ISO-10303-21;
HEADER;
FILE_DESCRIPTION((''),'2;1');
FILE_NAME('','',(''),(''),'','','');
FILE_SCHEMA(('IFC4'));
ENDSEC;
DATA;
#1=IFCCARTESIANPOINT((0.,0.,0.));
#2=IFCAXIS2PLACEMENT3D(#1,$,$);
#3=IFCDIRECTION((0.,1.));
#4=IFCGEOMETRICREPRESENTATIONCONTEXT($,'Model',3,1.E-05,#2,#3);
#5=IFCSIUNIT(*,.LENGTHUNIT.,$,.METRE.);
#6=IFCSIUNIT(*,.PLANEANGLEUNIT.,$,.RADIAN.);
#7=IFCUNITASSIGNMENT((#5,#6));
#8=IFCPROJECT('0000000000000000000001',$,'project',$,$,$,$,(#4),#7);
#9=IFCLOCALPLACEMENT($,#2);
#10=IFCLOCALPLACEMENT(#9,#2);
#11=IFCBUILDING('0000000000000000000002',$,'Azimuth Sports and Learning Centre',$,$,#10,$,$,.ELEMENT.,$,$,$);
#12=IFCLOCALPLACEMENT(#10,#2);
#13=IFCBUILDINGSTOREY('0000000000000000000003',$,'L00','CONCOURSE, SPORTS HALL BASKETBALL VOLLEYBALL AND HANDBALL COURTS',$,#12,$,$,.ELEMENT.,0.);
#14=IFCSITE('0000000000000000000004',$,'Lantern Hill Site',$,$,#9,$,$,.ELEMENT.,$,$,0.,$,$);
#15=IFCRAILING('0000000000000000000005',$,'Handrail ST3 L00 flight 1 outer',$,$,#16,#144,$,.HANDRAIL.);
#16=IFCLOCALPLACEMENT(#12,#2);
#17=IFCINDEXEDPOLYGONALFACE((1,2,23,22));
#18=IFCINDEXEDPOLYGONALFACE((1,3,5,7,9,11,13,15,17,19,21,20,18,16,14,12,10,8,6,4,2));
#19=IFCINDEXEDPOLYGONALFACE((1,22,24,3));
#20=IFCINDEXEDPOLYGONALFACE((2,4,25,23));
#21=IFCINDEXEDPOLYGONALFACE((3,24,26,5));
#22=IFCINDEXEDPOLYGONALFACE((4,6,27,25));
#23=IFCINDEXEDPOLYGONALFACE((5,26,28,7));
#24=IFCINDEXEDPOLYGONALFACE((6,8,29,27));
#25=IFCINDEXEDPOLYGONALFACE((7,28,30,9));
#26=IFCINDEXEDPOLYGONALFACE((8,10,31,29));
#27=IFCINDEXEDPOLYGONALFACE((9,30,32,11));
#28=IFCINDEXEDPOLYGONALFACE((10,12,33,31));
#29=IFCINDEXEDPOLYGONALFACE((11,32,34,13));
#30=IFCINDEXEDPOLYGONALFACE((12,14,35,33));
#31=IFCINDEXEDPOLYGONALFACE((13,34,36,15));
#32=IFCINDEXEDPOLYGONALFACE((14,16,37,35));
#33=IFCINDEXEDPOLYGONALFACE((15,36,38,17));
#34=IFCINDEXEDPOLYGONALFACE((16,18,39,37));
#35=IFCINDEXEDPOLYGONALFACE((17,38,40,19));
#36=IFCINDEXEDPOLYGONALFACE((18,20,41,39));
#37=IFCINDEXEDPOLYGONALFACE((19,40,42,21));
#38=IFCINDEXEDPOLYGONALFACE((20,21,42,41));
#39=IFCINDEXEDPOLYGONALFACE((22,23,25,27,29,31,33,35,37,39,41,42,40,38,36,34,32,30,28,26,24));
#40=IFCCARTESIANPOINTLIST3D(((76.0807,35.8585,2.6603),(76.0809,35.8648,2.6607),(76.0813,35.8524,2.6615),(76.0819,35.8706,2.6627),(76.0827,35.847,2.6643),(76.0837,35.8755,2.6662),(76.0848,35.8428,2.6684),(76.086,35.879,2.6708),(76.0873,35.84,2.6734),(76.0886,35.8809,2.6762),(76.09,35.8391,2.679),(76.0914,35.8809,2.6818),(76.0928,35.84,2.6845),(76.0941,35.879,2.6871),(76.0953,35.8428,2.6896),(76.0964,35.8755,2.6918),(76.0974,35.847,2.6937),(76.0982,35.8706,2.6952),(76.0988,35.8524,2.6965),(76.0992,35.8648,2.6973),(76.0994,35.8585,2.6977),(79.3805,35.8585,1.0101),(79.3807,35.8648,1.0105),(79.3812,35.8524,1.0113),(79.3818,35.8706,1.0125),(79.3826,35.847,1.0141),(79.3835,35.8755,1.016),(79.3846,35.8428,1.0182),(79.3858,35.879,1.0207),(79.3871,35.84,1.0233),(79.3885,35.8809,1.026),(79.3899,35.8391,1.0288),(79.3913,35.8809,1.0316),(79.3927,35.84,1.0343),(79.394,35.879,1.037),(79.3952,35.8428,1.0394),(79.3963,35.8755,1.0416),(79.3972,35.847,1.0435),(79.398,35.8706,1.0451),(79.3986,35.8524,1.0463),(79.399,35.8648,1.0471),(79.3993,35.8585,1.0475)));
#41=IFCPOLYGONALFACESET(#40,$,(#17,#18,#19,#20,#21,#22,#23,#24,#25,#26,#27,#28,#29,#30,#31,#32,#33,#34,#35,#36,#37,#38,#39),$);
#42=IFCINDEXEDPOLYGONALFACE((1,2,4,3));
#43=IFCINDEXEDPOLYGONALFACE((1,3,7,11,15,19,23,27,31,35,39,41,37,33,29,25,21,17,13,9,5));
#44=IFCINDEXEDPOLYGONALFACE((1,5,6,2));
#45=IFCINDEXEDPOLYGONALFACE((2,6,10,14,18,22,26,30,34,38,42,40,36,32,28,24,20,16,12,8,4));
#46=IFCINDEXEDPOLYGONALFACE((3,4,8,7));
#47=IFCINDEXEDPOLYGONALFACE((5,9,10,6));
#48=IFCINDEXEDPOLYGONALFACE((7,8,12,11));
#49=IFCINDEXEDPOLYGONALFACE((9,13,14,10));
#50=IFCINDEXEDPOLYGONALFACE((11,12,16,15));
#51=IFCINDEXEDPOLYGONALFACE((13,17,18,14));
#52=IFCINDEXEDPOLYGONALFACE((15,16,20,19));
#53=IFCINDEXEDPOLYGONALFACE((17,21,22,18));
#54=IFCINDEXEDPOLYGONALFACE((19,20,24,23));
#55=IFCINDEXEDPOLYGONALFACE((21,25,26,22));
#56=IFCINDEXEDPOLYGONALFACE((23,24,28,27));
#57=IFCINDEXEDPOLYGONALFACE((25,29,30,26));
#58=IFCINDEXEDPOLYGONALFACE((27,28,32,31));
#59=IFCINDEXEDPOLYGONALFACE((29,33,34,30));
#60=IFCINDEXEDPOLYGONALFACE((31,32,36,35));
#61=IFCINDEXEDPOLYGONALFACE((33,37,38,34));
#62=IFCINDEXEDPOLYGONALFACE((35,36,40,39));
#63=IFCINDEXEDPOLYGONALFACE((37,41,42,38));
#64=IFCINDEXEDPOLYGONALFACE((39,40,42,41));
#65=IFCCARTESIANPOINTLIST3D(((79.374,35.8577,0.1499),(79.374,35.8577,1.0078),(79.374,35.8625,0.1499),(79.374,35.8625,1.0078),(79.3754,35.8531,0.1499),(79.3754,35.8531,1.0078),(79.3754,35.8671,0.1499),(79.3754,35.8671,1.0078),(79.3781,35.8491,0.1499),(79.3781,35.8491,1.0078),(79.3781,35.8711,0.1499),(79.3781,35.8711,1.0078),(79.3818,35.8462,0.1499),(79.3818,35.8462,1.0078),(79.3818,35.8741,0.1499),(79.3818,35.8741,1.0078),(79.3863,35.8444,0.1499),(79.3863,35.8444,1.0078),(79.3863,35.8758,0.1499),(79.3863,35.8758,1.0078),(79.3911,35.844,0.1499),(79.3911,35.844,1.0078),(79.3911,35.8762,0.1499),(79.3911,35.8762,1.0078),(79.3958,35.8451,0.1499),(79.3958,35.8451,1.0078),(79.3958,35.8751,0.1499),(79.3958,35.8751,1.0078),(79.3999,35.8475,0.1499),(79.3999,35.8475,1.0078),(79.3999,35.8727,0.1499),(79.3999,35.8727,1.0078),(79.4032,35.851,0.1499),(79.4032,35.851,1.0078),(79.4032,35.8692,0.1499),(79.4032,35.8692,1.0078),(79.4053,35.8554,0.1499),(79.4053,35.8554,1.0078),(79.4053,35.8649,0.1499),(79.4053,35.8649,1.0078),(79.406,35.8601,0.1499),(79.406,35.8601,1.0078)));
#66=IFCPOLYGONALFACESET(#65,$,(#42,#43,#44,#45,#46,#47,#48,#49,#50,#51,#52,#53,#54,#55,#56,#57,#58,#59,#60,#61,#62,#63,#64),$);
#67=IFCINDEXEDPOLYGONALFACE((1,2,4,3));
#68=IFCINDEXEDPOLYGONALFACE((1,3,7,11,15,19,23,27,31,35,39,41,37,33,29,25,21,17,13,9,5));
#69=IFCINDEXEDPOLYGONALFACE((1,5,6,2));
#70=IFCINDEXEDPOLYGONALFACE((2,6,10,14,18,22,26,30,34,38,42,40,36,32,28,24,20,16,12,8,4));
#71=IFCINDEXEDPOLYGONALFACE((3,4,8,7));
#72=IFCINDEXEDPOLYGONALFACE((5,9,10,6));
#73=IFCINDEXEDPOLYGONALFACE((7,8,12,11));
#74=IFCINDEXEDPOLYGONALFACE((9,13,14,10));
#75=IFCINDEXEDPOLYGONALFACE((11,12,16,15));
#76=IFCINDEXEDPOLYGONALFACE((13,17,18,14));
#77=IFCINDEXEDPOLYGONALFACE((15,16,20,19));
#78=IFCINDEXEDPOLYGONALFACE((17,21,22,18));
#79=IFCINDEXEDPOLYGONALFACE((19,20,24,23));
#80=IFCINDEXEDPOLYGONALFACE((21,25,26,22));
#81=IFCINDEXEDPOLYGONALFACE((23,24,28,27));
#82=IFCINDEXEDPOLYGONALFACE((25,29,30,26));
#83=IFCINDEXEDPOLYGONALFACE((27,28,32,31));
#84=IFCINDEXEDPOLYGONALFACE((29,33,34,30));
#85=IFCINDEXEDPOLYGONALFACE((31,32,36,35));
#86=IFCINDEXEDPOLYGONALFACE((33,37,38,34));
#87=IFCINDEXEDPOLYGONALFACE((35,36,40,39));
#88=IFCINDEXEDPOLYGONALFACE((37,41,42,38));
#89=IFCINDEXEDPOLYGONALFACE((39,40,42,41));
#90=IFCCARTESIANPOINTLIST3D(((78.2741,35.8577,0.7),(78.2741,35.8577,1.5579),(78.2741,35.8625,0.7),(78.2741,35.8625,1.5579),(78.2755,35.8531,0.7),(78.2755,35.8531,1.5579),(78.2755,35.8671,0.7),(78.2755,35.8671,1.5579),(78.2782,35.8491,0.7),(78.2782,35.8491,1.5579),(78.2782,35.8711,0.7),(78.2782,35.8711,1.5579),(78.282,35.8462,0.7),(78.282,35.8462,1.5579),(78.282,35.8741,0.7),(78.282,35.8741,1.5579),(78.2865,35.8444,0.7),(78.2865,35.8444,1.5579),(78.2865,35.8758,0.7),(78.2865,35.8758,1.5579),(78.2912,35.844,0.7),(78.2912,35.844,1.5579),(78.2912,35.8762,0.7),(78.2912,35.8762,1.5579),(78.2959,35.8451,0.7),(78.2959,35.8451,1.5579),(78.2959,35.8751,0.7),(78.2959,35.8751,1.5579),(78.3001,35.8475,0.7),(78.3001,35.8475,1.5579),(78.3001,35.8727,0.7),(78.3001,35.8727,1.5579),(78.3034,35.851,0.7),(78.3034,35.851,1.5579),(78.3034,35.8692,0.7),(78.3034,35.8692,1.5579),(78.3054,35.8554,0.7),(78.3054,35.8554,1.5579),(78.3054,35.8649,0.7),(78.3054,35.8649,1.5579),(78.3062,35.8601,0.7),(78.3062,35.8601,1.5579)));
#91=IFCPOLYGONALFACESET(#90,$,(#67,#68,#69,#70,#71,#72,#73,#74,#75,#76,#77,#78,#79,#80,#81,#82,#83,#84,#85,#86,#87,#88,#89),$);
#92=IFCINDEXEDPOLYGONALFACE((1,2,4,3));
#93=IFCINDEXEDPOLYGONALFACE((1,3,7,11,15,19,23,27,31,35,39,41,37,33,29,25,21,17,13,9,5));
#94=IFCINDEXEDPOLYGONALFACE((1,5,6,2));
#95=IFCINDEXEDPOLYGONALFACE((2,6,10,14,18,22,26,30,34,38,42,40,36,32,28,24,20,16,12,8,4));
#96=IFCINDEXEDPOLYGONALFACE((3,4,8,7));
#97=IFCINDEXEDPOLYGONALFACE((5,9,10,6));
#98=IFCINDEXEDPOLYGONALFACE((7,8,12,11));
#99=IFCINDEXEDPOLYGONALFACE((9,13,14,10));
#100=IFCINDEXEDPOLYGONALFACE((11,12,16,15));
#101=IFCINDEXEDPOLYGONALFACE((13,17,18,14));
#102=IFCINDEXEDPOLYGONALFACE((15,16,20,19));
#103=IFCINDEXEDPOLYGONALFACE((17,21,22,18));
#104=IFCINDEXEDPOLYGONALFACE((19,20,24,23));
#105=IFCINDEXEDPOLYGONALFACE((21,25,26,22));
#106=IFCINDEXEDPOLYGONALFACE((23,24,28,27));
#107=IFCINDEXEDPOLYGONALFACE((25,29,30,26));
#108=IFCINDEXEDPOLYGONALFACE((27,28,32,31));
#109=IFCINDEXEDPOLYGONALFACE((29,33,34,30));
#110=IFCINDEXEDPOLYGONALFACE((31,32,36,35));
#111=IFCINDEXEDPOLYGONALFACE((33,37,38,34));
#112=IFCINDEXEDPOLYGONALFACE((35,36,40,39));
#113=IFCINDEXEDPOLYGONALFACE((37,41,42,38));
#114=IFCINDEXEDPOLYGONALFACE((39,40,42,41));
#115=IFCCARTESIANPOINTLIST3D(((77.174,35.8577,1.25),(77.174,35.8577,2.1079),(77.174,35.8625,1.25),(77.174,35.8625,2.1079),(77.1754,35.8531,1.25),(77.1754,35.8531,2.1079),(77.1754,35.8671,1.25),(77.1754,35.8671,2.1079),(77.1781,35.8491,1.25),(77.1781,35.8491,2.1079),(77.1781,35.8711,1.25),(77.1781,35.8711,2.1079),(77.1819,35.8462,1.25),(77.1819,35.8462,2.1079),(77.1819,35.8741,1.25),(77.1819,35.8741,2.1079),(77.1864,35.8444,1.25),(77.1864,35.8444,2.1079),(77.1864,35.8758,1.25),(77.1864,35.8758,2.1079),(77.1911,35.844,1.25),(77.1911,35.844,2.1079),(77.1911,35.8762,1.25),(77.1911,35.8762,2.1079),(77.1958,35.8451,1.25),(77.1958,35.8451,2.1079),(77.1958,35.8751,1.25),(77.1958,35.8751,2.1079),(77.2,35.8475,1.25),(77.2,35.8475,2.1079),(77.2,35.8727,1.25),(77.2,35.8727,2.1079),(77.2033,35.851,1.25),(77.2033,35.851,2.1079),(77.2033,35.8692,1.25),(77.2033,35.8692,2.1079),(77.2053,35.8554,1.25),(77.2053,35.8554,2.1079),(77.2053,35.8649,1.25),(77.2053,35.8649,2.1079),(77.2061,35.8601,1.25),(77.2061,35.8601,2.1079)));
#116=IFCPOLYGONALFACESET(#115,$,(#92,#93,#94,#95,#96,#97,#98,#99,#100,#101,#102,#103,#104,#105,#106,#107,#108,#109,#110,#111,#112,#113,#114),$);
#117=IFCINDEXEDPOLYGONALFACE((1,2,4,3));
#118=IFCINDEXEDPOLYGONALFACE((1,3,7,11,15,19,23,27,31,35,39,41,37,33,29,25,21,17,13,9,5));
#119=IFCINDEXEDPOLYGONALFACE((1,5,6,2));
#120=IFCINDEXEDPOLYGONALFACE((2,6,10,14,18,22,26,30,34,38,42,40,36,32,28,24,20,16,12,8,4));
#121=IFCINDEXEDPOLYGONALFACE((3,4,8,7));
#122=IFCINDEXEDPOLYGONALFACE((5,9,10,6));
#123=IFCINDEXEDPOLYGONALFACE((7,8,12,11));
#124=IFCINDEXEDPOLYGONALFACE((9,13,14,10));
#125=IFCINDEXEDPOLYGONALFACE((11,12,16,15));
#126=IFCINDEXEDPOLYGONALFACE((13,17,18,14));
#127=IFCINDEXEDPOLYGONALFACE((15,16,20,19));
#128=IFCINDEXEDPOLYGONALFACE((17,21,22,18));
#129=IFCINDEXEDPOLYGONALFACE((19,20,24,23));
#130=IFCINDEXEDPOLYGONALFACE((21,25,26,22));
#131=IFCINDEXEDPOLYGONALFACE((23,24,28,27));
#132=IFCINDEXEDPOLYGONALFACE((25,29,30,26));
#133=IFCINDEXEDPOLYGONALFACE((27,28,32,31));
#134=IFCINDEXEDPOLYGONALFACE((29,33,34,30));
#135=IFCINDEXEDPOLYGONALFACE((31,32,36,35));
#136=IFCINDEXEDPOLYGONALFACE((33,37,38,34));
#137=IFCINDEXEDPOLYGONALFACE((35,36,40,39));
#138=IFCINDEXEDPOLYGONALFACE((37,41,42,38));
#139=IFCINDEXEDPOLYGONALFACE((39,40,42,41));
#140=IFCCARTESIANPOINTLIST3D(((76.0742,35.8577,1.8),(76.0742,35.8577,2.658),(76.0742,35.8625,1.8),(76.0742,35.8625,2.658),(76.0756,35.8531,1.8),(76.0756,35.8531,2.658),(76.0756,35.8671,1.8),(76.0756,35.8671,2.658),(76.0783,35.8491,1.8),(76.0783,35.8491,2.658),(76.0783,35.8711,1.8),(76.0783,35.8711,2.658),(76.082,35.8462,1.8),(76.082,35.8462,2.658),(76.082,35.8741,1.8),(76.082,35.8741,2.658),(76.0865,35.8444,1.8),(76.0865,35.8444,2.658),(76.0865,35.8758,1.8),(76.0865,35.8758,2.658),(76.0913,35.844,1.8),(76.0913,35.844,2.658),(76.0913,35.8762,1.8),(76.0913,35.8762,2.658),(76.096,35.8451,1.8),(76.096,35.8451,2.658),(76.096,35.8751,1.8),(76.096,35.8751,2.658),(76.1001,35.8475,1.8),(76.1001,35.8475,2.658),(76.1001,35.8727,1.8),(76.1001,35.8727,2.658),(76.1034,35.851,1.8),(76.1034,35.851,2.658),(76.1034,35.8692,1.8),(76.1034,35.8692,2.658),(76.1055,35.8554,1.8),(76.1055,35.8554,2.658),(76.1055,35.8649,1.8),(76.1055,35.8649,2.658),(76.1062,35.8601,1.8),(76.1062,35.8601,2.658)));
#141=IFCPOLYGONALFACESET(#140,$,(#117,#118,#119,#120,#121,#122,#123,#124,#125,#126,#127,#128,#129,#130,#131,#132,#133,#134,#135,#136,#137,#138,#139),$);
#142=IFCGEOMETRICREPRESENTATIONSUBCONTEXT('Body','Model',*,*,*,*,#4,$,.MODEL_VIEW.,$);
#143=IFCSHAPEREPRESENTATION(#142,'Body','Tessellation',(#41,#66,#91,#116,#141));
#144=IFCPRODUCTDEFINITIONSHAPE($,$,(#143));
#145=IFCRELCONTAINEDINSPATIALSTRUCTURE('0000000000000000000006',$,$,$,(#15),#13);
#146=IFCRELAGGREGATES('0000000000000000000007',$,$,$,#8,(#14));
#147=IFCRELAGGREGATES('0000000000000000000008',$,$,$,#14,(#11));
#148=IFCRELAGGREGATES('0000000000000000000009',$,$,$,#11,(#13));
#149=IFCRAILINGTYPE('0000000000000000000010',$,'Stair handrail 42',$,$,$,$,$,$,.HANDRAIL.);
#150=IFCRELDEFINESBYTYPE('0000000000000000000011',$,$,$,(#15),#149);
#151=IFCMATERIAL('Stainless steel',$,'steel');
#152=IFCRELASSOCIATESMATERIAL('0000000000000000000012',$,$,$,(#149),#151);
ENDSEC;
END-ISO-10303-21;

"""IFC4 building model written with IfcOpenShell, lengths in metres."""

from ifc_helpers import new_model, si_unit, direction, frame, origin, origin_2d, place, context, subcontext, project, spatial, circle, extrude, material, type_object, element, save


model = new_model("IFC4")

# Units and contexts
model_context = context("Model", 3, precision=1e-05, world=origin(), true_north=direction((0.0, 1.0)))
body_context = subcontext(model_context, "Body", "Model", "MODEL_VIEW")
ifc_project = project(units=[si_unit("LENGTHUNIT", "METRE"), si_unit("PLANEANGLEUNIT", "RADIAN")], contexts=[model_context])

# Site, building, storey
site_placement = place(None, origin())
site = spatial("IfcSite", under=ifc_project, at=site_placement, Name="Lantern Hill Site", CompositionType="ELEMENT", RefElevation=0.0)
building_placement = place(site_placement, origin())
building = spatial("IfcBuilding", under=site, at=building_placement, Name="Azimuth Sports and Learning Centre", CompositionType="ELEMENT")
storey_placement = place(building_placement, origin())
storey = spatial("IfcBuildingStorey", under=building, at=storey_placement, Name="L00", Description="CONCOURSE, SPORTS HALL BASKETBALL VOLLEYBALL AND HANDBALL COURTS", CompositionType="ELEMENT", Elevation=0.0)

# Railing
ifc_material_1 = material(Name="Stainless steel", Category="steel")
railing_type_1 = type_object("IfcRailingType", Name="Stair handrail 42", PredefinedType="HANDRAIL", material=ifc_material_1)
for number, where, name in (
    (1, (79.3899, 35.8601, 0.1499), "Handrail ST3 L00 flight 1 outer"),
):
    element("IfcRailing", number, at=place(storey_placement, frame(where)), inside=storey, type_object=railing_type_1, Name=name, PredefinedType="HANDRAIL", context=body_context, shape_type="SweptSolid", body=[
        extrude(circle(Radius=0.021, at=origin_2d()), frame((0.0, 0.0, 0.8789), z_axis=(-0.894401, 0.0, 0.447267), x_axis=(0.0, -1.0, 0.0)), (0.0, 0.0, 1.0), 3.6895),
        extrude(circle(Radius=0.0161, at=origin_2d()), origin(), (0.0, 0.0, 1.0), 0.8579),
        extrude(circle(Radius=0.0161, at=origin_2d()), frame((-1.0999, 0.0, 0.55)), (0.0, 0.0, 1.0), 0.8579),
        extrude(circle(Radius=0.0161, at=origin_2d()), frame((-2.2, 0.0, 1.1001)), (0.0, 0.0, 1.0), 0.8579),
        extrude(circle(Radius=0.0161, at=origin_2d()), frame((-3.2998, 0.0, 1.6501)), (0.0, 0.0, 1.0), 0.8579),
    ])

save(model, "model.ifc")
